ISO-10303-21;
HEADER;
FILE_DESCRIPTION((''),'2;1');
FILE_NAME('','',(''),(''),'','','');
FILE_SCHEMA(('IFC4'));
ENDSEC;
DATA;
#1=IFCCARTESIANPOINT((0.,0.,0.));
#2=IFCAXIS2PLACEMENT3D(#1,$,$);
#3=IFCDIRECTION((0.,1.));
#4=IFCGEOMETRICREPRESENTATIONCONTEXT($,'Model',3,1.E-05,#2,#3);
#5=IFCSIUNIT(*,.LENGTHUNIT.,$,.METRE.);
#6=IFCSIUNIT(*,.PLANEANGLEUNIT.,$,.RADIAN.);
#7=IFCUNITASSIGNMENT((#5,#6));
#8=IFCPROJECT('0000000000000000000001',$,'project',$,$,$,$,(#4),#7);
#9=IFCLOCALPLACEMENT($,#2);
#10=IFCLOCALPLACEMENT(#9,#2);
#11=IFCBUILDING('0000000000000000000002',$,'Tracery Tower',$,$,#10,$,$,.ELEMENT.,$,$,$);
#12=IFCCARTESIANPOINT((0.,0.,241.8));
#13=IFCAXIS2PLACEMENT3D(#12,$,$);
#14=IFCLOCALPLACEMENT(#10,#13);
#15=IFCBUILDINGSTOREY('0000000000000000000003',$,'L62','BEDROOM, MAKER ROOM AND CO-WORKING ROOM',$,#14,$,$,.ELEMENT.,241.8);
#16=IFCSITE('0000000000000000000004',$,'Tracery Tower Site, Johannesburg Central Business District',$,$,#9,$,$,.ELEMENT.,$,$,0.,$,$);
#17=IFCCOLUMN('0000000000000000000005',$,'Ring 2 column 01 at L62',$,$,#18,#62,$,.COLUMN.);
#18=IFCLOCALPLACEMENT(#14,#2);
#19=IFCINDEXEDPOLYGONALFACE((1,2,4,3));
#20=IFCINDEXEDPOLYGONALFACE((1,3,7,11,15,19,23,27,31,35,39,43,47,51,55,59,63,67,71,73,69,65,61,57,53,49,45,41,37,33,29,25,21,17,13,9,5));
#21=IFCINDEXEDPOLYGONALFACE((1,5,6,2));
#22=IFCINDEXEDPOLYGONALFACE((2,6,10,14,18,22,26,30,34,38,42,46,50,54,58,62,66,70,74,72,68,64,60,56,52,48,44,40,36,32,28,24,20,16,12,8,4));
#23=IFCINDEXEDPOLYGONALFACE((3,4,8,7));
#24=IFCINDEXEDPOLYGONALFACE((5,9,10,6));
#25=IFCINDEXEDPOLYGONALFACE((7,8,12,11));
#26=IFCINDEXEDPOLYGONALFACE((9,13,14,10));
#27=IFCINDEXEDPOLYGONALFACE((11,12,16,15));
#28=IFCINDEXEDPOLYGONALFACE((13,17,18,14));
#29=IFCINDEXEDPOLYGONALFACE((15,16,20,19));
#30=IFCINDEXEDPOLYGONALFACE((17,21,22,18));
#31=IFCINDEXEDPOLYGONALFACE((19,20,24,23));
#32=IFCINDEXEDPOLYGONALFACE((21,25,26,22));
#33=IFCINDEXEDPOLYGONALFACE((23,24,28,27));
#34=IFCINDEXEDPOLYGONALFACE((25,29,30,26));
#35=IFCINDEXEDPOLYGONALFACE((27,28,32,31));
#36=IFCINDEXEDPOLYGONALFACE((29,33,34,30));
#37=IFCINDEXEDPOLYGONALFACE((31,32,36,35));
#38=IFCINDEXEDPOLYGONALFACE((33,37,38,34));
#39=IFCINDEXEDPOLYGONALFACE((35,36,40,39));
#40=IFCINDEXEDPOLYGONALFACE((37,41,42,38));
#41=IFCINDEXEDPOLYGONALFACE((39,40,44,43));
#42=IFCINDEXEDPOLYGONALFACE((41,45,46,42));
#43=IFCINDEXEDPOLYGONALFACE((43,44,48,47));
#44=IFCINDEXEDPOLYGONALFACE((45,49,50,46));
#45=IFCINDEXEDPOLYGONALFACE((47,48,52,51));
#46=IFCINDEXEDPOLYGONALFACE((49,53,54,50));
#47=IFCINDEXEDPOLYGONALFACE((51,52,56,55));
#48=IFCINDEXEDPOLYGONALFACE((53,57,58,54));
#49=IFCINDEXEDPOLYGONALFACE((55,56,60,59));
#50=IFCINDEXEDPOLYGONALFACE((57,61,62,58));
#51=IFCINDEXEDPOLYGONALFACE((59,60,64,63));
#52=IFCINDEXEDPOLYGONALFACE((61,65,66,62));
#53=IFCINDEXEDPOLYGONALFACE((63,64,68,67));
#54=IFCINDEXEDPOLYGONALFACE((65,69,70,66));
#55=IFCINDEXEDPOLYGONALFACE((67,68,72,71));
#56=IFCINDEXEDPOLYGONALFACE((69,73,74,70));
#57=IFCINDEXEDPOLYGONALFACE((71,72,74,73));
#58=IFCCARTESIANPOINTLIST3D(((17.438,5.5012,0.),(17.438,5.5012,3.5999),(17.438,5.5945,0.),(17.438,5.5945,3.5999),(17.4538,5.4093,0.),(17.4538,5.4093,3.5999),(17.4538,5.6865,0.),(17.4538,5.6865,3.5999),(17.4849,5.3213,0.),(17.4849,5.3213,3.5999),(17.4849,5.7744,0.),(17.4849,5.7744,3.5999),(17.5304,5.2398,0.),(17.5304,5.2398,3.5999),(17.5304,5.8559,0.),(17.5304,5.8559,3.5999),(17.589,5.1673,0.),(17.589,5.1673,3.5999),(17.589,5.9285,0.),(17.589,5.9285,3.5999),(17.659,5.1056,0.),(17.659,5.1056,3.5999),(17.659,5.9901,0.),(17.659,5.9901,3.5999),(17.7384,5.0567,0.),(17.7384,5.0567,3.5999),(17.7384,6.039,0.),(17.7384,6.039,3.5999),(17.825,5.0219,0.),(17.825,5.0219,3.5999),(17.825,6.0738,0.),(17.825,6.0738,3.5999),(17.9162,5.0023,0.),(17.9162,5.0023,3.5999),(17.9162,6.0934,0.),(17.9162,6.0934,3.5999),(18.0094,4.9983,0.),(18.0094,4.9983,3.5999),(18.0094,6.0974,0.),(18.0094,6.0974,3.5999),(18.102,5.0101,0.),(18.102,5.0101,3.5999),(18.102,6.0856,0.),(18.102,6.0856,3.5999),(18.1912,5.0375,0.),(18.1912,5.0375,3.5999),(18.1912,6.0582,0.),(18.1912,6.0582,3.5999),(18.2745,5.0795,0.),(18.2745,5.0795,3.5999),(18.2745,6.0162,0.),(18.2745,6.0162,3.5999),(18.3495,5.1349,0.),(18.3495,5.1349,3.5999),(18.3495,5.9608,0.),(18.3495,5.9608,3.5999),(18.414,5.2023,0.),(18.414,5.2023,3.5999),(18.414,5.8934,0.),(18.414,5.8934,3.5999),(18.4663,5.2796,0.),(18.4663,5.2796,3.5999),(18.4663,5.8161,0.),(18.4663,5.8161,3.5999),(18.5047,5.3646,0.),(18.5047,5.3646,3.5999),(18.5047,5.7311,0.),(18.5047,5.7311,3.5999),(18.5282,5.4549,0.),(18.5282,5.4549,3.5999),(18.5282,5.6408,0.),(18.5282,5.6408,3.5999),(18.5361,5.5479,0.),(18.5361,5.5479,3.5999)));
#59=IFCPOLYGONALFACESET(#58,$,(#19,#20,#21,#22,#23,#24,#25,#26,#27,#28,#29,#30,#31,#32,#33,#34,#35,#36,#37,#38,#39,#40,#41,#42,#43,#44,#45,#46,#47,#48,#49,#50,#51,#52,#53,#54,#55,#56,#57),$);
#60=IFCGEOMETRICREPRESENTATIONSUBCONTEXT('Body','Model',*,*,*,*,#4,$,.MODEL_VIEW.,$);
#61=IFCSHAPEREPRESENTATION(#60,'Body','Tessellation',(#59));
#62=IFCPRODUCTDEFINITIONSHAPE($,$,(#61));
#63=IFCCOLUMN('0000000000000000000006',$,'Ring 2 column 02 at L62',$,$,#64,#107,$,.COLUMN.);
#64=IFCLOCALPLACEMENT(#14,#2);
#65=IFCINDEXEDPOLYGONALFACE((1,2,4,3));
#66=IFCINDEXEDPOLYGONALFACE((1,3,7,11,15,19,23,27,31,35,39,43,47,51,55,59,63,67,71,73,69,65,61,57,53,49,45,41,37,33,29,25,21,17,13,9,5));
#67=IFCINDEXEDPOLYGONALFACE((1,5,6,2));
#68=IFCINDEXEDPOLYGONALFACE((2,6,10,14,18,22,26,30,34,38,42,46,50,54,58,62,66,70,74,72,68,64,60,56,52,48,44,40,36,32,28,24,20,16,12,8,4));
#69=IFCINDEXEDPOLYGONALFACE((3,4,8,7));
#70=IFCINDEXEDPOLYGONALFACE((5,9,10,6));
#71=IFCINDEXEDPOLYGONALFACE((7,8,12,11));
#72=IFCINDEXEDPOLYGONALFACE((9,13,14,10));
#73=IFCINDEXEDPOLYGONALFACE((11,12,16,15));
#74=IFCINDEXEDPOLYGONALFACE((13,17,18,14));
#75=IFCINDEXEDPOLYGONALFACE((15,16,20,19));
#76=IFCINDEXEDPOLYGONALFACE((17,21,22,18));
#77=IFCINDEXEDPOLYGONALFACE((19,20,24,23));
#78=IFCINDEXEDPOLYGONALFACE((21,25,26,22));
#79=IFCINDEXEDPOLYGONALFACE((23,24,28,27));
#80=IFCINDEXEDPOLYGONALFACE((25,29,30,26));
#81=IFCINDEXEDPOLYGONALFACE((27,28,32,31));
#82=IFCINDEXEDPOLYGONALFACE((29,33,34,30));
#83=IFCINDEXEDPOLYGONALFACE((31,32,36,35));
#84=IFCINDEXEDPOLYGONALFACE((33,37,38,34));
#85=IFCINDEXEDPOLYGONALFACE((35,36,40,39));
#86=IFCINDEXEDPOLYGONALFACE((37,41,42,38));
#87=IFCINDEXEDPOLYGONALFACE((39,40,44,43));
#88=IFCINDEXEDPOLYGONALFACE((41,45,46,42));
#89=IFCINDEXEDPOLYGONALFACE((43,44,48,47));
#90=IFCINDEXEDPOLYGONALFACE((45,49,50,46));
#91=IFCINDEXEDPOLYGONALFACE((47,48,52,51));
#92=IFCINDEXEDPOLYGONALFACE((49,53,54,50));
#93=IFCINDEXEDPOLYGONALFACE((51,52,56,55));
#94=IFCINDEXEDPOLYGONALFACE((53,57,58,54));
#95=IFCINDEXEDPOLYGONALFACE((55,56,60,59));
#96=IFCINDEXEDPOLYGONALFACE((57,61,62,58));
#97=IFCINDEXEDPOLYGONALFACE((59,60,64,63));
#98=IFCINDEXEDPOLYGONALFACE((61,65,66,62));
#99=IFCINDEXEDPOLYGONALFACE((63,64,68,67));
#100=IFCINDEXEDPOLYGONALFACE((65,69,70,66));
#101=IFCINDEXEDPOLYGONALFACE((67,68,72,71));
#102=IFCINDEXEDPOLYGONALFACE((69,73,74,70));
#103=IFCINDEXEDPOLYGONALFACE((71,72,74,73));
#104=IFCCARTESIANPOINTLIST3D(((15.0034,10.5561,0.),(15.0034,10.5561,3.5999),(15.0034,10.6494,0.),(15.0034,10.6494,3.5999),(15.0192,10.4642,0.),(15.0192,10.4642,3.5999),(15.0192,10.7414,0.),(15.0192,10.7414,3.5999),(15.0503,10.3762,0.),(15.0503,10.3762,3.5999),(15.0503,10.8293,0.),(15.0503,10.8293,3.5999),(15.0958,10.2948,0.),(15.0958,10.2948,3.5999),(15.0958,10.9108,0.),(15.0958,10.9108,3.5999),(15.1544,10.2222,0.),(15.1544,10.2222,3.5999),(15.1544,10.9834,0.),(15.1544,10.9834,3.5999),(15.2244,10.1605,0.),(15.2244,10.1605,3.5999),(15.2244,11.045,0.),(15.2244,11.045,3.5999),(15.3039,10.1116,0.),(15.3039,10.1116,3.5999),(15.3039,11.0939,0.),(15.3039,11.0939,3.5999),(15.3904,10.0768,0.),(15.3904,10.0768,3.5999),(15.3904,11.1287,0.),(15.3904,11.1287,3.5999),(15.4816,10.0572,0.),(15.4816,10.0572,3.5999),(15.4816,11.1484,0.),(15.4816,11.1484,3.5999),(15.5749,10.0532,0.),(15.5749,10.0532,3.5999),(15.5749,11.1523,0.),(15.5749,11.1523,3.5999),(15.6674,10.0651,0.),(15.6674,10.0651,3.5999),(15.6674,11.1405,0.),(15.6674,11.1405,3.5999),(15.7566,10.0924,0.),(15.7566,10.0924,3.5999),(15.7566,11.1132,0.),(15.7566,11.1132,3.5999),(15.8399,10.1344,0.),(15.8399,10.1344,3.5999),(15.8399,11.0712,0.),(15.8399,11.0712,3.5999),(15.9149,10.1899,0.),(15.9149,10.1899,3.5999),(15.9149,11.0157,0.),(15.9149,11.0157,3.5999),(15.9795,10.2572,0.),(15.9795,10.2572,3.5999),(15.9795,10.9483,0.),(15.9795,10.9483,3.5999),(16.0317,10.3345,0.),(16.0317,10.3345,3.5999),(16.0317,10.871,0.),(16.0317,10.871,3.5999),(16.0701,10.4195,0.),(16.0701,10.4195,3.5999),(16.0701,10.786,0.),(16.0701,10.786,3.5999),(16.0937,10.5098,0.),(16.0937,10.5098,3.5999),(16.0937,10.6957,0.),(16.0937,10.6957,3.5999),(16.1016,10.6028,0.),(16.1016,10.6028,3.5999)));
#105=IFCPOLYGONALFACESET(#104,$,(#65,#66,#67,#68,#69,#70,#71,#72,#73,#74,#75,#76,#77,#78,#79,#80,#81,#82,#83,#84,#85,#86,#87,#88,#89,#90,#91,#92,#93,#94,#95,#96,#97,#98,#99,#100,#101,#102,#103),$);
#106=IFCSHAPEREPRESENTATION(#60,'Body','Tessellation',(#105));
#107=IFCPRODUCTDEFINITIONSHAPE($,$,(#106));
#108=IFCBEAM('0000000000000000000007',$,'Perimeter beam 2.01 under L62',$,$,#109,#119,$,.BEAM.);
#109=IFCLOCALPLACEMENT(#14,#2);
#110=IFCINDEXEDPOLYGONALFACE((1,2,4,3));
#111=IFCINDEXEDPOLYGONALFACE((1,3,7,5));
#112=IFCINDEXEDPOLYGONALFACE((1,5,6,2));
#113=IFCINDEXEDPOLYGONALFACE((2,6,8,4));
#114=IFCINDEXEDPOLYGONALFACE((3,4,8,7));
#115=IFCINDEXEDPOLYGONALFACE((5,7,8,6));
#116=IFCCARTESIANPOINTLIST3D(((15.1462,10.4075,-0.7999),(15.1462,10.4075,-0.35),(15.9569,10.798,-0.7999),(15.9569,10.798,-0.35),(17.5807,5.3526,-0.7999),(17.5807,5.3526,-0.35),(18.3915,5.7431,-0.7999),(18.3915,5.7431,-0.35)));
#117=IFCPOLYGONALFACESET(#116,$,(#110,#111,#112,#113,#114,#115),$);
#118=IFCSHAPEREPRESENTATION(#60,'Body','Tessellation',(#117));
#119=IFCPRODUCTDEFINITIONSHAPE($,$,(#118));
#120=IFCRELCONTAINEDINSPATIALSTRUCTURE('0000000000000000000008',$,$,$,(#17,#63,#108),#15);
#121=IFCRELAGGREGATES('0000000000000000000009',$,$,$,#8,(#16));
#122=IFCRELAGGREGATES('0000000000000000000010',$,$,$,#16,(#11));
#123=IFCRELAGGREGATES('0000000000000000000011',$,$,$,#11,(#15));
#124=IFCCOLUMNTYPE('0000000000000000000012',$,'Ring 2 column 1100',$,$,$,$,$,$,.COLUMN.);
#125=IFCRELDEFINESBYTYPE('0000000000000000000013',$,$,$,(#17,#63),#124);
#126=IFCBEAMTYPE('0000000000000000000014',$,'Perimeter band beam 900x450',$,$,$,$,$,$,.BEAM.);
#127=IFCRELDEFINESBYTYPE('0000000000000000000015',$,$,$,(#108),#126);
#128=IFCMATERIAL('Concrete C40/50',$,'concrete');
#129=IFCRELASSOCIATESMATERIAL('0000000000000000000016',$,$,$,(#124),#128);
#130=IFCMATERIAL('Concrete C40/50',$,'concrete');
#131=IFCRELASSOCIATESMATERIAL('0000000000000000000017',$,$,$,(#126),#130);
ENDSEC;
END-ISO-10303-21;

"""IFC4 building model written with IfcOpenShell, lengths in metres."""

from ifc_helpers import new_model, si_unit, direction, frame, origin, origin_2d, place, context, subcontext, project, spatial, rectangle, circle, extrude, material, material_profile, profile_set, type_object, element, save


model = new_model("IFC4")

# Units and contexts
model_context = context("Model", 3, precision=1e-05, world=origin(), true_north=direction((0.0, 1.0)))
body_context = subcontext(model_context, "Body", "Model", "MODEL_VIEW")
ifc_project = project(units=[si_unit("LENGTHUNIT", "METRE"), si_unit("PLANEANGLEUNIT", "RADIAN")], contexts=[model_context])

# Site, building, storey
site_placement = place(None, origin())
site = spatial("IfcSite", under=ifc_project, at=site_placement, Name="Tracery Tower Site, Johannesburg Central Business District", CompositionType="ELEMENT", RefElevation=0.0)
building_placement = place(site_placement, origin())
building = spatial("IfcBuilding", under=site, at=building_placement, Name="Tracery Tower", CompositionType="ELEMENT")
storey_placement = place(building_placement, frame((0.0, 0.0, 241.8)))
storey = spatial("IfcBuildingStorey", under=building, at=storey_placement, Name="L62", Description="BEDROOM, MAKER ROOM AND CO-WORKING ROOM", CompositionType="ELEMENT", Elevation=241.8)

# Columns
ifc_material_1 = material(Name="Concrete C40/50", Category="concrete")
ifc_material_profile_1 = material_profile(ifc_material_1, circle(Radius=0.55, at=origin_2d()), Name="RC D1100")
ifc_profile_set_1 = profile_set([ifc_material_profile_1], Name="Concrete C40/50")
column_type = type_object("IfcColumnType", Name="Ring 2 column 1100", PredefinedType="COLUMN", material=ifc_profile_set_1)
for number, where, z_axis, x_axis, name in (
    (1, (17.9861, 5.5479, 0.0), (0.0, 0.0, 1.0), (1.0, 0.0, 0.0), "Ring 2 column 01 at L62"),
    (2, (15.5515, 10.6028, 0.0), (0.0, 0.0, 1.0), (1.0, 0.0, 0.0), "Ring 2 column 02 at L62"),
):
    element("IfcColumn", number, at=place(storey_placement, frame(where, z_axis=z_axis, x_axis=x_axis)), inside=storey, type_object=column_type, Name=name, PredefinedType="COLUMN", context=body_context, shape_type="SweptSolid", body=[
        extrude(circle(Radius=0.55, at=origin_2d()), origin(), (0.0, 0.0, 1.0), 3.5999),
    ])

# Beam
ifc_material_2 = material(Name="Concrete C40/50", Category="concrete")
ifc_material_profile_2 = material_profile(ifc_material_2, rectangle(XDim=0.8999, YDim=0.45, at=origin_2d()), Name="RC 900x450")
ifc_profile_set_2 = profile_set([ifc_material_profile_2], Name="Concrete C40/50")
beam_type = type_object("IfcBeamType", Name="Perimeter band beam 900x450", PredefinedType="BEAM", material=ifc_profile_set_2)
beam_placement = place(storey_placement, frame((17.9861, 5.5479, -0.575), z_axis=(-0.433919, 0.900952, 0.0), x_axis=(-0.900952, -0.433919, 0.0)))
element("IfcBeam", 3, at=beam_placement, inside=storey, type_object=beam_type, Name="Perimeter beam 2.01 under L62", PredefinedType="BEAM", context=body_context, shape_type="SweptSolid", body=[
    extrude(rectangle(XDim=0.8999, YDim=0.45, at=origin_2d()), origin(), (0.0, 0.0, 1.0), 5.6106),
])

save(model, "model.ifc")
